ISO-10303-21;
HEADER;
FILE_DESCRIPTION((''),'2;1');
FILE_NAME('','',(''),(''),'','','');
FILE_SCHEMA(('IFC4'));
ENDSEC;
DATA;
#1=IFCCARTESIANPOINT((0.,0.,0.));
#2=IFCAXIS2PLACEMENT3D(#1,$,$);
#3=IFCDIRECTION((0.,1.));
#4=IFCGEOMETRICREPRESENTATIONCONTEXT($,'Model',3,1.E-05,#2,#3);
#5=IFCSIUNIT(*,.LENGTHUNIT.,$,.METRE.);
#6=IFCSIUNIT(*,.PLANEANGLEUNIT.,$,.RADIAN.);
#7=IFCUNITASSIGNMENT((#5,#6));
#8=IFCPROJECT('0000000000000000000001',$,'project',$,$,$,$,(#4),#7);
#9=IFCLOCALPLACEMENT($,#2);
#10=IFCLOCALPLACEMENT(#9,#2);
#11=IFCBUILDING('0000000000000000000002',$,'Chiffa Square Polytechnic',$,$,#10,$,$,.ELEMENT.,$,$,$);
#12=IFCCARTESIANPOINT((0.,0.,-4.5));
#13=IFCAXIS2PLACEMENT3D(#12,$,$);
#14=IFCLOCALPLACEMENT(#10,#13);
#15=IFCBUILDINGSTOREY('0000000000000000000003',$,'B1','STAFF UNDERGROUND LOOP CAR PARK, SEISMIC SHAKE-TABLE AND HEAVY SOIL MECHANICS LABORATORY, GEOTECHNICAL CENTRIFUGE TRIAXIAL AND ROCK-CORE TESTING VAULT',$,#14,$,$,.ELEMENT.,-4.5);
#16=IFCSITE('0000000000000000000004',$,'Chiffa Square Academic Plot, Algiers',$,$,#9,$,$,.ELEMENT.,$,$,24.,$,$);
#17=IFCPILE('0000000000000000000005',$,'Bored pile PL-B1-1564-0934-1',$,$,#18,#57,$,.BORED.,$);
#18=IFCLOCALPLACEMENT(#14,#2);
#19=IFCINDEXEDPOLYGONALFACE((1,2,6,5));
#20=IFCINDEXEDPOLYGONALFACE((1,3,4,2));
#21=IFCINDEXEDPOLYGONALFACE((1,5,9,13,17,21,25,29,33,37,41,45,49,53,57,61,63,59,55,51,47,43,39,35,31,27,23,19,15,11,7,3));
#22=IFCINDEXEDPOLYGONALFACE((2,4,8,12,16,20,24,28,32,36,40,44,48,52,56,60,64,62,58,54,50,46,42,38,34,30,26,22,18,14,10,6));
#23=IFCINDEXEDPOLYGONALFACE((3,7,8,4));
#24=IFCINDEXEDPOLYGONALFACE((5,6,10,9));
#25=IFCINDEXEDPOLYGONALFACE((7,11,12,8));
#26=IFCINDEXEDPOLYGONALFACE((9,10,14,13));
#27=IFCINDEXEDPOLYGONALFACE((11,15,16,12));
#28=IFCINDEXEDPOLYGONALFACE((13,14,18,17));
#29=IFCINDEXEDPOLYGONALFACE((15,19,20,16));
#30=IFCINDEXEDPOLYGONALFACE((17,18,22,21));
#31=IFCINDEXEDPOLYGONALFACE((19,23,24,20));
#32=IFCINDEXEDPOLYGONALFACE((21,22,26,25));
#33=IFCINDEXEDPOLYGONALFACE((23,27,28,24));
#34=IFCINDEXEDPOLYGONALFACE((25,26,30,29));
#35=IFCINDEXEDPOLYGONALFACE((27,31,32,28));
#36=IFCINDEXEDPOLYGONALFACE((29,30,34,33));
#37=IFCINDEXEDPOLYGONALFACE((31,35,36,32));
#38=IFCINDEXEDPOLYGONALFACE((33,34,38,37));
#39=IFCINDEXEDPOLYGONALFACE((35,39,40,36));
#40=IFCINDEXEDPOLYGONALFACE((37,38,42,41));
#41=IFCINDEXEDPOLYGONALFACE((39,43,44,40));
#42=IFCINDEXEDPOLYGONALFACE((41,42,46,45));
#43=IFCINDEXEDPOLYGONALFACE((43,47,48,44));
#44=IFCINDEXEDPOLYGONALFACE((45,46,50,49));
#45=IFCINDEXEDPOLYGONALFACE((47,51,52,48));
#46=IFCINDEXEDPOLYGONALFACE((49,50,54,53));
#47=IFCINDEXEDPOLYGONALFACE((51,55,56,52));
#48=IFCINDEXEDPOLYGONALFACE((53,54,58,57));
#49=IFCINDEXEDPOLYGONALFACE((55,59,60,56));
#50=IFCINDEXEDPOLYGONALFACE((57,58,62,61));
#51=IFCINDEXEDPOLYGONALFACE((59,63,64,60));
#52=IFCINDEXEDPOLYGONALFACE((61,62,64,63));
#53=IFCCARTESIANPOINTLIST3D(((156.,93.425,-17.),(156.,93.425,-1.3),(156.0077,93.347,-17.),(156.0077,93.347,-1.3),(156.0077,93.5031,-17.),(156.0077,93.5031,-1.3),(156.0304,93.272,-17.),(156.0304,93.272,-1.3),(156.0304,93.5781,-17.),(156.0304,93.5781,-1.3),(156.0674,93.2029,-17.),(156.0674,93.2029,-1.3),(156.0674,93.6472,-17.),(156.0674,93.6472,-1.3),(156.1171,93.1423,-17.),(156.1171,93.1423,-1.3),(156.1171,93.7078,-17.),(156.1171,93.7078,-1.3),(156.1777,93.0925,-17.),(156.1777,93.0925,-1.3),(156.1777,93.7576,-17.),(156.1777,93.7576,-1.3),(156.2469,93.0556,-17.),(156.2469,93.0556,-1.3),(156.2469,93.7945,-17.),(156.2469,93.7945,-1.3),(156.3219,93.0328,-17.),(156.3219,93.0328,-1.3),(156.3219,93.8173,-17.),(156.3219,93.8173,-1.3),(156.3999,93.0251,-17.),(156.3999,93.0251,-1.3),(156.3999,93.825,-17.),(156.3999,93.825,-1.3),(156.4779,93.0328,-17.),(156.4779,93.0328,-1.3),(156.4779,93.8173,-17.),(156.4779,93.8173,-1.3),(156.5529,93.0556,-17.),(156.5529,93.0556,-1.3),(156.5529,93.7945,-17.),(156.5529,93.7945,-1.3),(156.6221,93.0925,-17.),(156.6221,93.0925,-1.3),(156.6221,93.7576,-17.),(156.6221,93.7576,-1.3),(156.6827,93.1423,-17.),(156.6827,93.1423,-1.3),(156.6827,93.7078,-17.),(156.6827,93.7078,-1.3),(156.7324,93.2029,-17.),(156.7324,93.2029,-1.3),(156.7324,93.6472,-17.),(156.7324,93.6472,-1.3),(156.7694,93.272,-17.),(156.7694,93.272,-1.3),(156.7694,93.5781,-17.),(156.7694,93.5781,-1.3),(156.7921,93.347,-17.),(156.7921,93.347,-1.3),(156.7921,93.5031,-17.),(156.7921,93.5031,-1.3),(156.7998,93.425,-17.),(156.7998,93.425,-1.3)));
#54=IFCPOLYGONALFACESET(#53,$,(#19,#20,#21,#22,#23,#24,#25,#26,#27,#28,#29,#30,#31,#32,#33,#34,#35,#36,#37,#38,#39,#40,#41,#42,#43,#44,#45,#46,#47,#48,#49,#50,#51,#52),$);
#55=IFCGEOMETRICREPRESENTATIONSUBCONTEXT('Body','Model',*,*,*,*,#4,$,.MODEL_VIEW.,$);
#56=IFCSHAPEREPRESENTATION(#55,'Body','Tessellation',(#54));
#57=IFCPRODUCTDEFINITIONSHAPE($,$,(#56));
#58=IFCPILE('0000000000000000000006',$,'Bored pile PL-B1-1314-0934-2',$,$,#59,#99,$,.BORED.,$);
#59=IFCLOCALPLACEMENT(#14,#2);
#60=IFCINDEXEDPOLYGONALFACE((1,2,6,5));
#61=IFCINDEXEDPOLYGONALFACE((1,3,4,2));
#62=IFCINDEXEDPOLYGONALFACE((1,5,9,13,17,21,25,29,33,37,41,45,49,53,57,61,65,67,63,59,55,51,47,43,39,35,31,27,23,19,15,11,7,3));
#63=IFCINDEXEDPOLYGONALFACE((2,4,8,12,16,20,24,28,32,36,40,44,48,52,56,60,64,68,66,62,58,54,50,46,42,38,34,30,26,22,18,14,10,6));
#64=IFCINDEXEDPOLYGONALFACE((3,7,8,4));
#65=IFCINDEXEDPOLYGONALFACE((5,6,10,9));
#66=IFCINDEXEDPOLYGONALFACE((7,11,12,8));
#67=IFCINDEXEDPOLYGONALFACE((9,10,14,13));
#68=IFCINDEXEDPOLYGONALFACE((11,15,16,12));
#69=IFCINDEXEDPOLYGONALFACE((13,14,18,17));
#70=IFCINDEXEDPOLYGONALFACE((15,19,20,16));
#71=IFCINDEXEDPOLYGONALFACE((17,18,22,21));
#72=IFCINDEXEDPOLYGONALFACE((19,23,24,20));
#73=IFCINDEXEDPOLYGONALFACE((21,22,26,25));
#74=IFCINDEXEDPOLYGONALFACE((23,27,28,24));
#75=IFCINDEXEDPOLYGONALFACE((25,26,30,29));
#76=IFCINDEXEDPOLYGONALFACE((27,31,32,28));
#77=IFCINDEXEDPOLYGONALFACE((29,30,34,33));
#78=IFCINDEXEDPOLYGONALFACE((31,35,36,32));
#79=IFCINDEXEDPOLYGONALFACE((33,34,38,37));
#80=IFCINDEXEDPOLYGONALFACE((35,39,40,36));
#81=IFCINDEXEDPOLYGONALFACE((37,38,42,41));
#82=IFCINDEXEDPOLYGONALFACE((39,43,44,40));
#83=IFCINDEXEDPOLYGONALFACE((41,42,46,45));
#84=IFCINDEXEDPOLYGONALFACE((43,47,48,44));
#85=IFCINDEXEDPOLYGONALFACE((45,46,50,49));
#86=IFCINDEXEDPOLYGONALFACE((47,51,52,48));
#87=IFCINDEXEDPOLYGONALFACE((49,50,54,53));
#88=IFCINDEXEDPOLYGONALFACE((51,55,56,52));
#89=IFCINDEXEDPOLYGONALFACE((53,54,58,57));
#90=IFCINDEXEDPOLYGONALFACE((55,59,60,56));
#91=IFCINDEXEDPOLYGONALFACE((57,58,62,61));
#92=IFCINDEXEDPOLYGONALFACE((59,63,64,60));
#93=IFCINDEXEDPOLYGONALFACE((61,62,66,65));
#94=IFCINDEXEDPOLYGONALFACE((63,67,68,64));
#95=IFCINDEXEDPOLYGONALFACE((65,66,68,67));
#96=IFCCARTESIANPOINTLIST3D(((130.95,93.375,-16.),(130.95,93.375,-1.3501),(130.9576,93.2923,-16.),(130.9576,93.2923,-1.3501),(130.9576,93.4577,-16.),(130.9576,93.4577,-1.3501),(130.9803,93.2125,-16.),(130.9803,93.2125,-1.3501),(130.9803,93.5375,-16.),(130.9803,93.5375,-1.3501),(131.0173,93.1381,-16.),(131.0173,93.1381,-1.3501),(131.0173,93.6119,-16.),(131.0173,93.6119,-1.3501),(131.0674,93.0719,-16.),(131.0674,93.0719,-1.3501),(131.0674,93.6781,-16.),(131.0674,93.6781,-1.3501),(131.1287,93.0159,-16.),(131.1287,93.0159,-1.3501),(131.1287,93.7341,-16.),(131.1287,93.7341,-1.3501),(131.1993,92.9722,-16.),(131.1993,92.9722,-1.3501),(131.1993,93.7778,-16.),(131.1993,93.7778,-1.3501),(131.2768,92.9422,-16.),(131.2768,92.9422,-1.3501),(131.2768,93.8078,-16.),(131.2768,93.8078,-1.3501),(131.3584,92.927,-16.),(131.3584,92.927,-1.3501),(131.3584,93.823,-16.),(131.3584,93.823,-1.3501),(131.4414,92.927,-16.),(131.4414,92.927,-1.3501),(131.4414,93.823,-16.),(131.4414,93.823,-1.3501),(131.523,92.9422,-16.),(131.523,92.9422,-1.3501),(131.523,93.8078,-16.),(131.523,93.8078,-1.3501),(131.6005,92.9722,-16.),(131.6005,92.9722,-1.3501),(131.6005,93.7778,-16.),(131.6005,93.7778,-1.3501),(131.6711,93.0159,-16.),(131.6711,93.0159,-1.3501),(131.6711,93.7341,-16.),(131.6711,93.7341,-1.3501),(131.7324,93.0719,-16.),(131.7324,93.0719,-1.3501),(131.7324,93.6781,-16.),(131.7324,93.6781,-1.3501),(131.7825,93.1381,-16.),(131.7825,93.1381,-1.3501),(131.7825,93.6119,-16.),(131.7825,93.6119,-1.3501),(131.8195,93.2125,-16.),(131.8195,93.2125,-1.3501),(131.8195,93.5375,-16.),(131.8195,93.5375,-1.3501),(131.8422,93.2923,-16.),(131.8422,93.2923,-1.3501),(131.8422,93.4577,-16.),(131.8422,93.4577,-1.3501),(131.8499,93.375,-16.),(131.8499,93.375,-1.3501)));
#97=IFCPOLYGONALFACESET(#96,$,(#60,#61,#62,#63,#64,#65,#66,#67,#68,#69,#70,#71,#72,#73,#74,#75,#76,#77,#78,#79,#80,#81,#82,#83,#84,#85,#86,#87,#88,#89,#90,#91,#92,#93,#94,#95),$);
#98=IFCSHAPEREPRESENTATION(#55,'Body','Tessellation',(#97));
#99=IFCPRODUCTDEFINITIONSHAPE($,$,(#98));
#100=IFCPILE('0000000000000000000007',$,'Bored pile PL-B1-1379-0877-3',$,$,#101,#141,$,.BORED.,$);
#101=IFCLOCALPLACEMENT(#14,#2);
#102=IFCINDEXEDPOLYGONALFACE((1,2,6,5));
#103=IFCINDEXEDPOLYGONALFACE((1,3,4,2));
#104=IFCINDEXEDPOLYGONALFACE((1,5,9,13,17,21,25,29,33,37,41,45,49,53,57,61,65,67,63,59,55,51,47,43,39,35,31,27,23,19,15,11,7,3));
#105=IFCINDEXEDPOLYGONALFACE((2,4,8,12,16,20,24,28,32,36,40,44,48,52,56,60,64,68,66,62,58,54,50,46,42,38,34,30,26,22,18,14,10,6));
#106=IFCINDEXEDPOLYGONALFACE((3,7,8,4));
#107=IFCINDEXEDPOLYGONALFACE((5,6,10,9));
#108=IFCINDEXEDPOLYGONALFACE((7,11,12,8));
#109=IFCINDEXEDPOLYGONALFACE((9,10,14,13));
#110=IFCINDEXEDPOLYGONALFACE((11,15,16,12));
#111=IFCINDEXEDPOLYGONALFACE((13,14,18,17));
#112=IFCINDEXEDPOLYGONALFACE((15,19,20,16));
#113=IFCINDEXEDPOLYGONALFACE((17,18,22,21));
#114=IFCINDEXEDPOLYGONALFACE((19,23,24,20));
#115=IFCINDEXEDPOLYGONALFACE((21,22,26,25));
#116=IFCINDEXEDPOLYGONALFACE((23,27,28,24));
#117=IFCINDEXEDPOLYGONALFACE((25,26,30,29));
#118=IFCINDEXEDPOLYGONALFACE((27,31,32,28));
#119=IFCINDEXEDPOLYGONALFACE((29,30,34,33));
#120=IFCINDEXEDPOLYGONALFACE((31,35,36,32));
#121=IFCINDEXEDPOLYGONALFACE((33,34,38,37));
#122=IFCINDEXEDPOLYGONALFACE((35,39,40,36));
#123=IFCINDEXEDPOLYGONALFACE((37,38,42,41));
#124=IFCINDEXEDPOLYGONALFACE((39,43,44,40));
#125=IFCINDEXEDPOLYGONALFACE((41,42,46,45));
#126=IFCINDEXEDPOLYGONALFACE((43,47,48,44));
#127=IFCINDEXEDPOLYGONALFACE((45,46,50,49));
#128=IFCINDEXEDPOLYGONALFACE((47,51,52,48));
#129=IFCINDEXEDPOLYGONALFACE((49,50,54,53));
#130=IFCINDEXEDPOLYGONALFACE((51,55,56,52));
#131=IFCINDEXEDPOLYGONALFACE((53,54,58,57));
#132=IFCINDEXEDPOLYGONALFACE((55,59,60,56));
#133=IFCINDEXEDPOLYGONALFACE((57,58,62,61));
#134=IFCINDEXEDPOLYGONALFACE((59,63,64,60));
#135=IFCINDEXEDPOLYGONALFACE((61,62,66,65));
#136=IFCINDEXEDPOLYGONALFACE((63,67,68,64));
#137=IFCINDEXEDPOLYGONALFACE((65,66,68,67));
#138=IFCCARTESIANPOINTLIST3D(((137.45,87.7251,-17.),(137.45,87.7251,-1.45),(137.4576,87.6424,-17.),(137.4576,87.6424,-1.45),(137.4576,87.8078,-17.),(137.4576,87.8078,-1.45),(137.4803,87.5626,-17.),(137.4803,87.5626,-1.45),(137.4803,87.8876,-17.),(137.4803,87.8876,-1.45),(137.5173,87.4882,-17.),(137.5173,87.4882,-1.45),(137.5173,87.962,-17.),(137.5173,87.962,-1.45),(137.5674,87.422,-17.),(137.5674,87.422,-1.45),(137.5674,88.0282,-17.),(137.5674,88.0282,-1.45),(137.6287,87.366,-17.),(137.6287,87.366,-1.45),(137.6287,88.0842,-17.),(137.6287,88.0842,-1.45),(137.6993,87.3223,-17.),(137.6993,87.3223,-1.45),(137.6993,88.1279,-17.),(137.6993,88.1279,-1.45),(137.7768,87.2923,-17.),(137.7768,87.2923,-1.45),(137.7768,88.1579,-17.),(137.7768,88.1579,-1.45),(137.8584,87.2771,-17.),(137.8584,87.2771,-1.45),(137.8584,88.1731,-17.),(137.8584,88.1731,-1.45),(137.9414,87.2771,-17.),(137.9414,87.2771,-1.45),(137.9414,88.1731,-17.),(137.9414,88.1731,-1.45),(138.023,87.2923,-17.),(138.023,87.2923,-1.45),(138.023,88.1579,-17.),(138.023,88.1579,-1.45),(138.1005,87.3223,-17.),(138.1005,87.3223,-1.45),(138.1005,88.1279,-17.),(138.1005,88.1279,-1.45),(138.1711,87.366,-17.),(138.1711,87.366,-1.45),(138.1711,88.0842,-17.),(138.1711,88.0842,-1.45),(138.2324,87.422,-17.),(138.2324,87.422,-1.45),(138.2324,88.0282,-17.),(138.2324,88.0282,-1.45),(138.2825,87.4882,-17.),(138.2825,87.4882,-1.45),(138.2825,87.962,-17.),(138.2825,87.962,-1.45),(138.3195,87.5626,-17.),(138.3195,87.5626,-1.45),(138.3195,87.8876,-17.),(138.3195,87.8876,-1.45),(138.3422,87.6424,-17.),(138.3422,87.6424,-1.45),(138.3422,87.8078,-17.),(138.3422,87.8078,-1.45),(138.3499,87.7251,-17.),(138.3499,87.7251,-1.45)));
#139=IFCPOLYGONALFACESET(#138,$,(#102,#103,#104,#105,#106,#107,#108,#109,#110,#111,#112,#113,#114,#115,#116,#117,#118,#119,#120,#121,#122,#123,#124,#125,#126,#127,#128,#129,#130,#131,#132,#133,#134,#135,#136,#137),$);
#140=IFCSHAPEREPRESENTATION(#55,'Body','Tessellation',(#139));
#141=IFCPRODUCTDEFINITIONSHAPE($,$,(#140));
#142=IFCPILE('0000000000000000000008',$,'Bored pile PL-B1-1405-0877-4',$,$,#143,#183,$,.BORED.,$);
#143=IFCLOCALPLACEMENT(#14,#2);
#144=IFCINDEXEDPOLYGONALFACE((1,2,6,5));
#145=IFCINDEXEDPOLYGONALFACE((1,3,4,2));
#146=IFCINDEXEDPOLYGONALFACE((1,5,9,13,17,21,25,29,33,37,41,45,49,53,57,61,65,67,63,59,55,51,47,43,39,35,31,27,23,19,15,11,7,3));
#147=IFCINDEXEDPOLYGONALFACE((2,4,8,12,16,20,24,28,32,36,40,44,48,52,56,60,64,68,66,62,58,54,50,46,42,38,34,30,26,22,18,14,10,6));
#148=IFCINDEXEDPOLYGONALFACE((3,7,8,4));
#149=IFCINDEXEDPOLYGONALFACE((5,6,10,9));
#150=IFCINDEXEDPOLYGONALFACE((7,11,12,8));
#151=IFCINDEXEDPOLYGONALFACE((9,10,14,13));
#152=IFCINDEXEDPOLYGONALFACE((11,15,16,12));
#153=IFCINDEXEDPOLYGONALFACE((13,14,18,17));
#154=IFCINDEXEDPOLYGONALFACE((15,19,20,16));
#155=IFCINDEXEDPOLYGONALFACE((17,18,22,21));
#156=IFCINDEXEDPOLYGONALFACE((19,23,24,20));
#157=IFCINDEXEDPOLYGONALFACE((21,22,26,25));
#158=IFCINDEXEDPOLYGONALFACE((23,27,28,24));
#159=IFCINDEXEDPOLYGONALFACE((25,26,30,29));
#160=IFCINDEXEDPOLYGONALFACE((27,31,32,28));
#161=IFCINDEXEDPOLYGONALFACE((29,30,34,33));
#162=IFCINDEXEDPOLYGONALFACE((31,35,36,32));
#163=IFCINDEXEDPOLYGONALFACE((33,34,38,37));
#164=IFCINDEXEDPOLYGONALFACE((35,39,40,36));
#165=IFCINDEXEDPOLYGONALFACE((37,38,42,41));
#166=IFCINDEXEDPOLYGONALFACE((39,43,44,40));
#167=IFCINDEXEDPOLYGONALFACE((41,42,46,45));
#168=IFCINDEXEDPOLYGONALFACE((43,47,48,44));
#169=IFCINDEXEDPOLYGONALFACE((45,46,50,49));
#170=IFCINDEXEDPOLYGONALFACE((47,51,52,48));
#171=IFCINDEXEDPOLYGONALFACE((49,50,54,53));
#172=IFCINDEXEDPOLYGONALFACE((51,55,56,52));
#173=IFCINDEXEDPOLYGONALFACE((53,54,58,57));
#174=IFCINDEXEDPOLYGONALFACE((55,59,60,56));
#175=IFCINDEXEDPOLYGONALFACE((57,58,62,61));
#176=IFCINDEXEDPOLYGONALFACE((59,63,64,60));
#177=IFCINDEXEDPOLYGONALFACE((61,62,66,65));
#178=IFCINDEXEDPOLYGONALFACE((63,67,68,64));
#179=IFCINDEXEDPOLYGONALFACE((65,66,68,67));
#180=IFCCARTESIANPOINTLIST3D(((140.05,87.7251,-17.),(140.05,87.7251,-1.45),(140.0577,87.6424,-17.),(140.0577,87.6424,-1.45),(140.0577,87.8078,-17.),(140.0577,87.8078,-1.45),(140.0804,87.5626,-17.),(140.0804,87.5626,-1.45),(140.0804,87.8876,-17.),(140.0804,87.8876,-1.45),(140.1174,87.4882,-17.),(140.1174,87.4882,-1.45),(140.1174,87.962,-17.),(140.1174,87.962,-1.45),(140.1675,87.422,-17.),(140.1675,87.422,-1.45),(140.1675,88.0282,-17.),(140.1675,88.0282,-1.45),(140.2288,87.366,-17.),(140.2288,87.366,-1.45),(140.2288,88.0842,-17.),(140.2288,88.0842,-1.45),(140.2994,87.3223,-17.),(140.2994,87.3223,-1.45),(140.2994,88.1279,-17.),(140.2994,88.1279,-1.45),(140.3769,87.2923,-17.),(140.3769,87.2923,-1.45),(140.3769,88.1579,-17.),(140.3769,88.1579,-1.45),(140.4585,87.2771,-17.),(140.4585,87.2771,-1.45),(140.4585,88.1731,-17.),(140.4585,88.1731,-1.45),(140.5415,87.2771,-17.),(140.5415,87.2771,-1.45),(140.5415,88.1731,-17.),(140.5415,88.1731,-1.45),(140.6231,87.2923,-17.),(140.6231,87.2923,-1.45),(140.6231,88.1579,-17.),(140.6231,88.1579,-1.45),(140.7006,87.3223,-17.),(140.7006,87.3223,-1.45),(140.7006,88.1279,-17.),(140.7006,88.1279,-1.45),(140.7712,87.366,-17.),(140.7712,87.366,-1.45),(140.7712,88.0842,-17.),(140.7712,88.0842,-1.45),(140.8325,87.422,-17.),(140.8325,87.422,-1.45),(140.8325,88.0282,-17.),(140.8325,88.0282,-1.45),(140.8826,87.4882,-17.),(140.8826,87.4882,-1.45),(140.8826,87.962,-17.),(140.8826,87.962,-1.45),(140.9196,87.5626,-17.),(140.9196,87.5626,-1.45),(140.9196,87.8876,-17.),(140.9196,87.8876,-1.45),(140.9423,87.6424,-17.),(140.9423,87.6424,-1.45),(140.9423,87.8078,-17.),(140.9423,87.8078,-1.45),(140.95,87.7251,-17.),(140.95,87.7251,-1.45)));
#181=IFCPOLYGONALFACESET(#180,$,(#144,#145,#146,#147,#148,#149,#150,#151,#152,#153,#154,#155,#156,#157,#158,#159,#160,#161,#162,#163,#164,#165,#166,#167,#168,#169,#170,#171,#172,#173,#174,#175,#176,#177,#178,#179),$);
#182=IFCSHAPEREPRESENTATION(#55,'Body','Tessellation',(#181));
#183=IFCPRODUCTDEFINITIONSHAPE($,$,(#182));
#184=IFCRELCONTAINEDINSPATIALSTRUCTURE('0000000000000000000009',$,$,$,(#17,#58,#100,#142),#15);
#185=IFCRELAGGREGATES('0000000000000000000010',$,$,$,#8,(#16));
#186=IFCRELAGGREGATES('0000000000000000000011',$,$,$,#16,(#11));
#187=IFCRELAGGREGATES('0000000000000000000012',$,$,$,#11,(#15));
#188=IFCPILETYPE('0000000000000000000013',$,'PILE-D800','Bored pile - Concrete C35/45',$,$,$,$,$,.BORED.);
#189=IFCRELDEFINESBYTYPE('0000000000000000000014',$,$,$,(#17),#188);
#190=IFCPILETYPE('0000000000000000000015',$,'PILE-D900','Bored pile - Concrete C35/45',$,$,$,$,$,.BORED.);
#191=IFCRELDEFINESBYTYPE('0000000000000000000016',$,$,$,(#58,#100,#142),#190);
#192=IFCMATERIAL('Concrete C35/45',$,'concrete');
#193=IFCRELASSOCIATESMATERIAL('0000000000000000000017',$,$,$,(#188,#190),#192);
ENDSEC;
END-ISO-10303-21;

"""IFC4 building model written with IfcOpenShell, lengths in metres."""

from ifc_helpers import new_model, si_unit, direction, frame, origin, origin_2d, place, context, subcontext, project, spatial, circle, extrude, material, material_profile, profile_set, type_object, element, save


model = new_model("IFC4")

# Units and contexts
model_context = context("Model", 3, precision=1e-05, world=origin(), true_north=direction((0.0, 1.0)))
body_context = subcontext(model_context, "Body", "Model", "MODEL_VIEW")
ifc_project = project(units=[si_unit("LENGTHUNIT", "METRE"), si_unit("PLANEANGLEUNIT", "RADIAN")], contexts=[model_context])

# Site, building, storey
site_placement = place(None, origin())
site = spatial("IfcSite", under=ifc_project, at=site_placement, Name="Chiffa Square Academic Plot, Algiers", CompositionType="ELEMENT", RefElevation=24.0)
building_placement = place(site_placement, origin())
building = spatial("IfcBuilding", under=site, at=building_placement, Name="Chiffa Square Polytechnic", CompositionType="ELEMENT")
storey_placement = place(building_placement, frame((0.0, 0.0, -4.5)))
storey = spatial("IfcBuildingStorey", under=building, at=storey_placement, Name="B1", Description="STAFF UNDERGROUND LOOP CAR PARK, SEISMIC SHAKE-TABLE AND HEAVY SOIL MECHANICS LABORATORY, GEOTECHNICAL CENTRIFUGE TRIAXIAL AND ROCK-CORE TESTING VAULT", CompositionType="ELEMENT", Elevation=-4.5)

# Shared definitions
ifc_material_1 = material(Name="Concrete C35/45", Category="concrete")

# Piles
ifc_material_profile_1 = material_profile(ifc_material_1, circle(Radius=0.3999, at=origin_2d()), Name="PILE D800")
ifc_profile_set_1 = profile_set([ifc_material_profile_1], Name="Concrete C35/45")
pile_type_1 = type_object("IfcPileType", Name="PILE-D800", Description="Bored pile - Concrete C35/45", PredefinedType="BORED", material=ifc_profile_set_1)
pile_1_placement = place(storey_placement, frame((156.3999, 93.425, -1.3), z_axis=(0.0, 0.0, -1.0), x_axis=(1.0, 0.0, 0.0)))
element("IfcPile", 1, at=pile_1_placement, inside=storey, type_object=pile_type_1, Name="Bored pile PL-B1-1564-0934-1", PredefinedType="BORED", context=body_context, shape_type="SweptSolid", body=[
    extrude(circle(Radius=0.3999, at=origin_2d()), origin(), (0.0, 0.0, 1.0), 15.7),
])
ifc_material_profile_2 = material_profile(ifc_material_1, circle(Radius=0.45, at=origin_2d()), Name="PILE D900")
ifc_profile_set_2 = profile_set([ifc_material_profile_2], Name="Concrete C35/45")
pile_type_2 = type_object("IfcPileType", Name="PILE-D900", Description="Bored pile - Concrete C35/45", PredefinedType="BORED", material=ifc_profile_set_2)
pile_2_placement = place(storey_placement, frame((131.3999, 93.375, -1.3501), z_axis=(0.0, 0.0, -1.0), x_axis=(1.0, 0.0, 0.0)))
element("IfcPile", 2, at=pile_2_placement, inside=storey, type_object=pile_type_2, Name="Bored pile PL-B1-1314-0934-2", PredefinedType="BORED", context=body_context, shape_type="SweptSolid", body=[
    extrude(circle(Radius=0.45, at=origin_2d()), origin(), (0.0, 0.0, 1.0), 14.6499),
])
for number, where, z_axis, x_axis, name in (
    (3, (137.8999, 87.7251, -1.45), (0.0, 0.0, -1.0), (1.0, 0.0, 0.0), "Bored pile PL-B1-1379-0877-3"),
    (4, (140.5, 87.7251, -1.45), (0.0, 0.0, -1.0), (1.0, 0.0, 0.0), "Bored pile PL-B1-1405-0877-4"),
):
    element("IfcPile", number, at=place(storey_placement, frame(where, z_axis=z_axis, x_axis=x_axis)), inside=storey, type_object=pile_type_2, Name=name, PredefinedType="BORED", context=body_context, shape_type="SweptSolid", body=[
        extrude(circle(Radius=0.45, at=origin_2d()), origin(), (0.0, 0.0, 1.0), 15.55),
    ])

save(model, "model.ifc")
